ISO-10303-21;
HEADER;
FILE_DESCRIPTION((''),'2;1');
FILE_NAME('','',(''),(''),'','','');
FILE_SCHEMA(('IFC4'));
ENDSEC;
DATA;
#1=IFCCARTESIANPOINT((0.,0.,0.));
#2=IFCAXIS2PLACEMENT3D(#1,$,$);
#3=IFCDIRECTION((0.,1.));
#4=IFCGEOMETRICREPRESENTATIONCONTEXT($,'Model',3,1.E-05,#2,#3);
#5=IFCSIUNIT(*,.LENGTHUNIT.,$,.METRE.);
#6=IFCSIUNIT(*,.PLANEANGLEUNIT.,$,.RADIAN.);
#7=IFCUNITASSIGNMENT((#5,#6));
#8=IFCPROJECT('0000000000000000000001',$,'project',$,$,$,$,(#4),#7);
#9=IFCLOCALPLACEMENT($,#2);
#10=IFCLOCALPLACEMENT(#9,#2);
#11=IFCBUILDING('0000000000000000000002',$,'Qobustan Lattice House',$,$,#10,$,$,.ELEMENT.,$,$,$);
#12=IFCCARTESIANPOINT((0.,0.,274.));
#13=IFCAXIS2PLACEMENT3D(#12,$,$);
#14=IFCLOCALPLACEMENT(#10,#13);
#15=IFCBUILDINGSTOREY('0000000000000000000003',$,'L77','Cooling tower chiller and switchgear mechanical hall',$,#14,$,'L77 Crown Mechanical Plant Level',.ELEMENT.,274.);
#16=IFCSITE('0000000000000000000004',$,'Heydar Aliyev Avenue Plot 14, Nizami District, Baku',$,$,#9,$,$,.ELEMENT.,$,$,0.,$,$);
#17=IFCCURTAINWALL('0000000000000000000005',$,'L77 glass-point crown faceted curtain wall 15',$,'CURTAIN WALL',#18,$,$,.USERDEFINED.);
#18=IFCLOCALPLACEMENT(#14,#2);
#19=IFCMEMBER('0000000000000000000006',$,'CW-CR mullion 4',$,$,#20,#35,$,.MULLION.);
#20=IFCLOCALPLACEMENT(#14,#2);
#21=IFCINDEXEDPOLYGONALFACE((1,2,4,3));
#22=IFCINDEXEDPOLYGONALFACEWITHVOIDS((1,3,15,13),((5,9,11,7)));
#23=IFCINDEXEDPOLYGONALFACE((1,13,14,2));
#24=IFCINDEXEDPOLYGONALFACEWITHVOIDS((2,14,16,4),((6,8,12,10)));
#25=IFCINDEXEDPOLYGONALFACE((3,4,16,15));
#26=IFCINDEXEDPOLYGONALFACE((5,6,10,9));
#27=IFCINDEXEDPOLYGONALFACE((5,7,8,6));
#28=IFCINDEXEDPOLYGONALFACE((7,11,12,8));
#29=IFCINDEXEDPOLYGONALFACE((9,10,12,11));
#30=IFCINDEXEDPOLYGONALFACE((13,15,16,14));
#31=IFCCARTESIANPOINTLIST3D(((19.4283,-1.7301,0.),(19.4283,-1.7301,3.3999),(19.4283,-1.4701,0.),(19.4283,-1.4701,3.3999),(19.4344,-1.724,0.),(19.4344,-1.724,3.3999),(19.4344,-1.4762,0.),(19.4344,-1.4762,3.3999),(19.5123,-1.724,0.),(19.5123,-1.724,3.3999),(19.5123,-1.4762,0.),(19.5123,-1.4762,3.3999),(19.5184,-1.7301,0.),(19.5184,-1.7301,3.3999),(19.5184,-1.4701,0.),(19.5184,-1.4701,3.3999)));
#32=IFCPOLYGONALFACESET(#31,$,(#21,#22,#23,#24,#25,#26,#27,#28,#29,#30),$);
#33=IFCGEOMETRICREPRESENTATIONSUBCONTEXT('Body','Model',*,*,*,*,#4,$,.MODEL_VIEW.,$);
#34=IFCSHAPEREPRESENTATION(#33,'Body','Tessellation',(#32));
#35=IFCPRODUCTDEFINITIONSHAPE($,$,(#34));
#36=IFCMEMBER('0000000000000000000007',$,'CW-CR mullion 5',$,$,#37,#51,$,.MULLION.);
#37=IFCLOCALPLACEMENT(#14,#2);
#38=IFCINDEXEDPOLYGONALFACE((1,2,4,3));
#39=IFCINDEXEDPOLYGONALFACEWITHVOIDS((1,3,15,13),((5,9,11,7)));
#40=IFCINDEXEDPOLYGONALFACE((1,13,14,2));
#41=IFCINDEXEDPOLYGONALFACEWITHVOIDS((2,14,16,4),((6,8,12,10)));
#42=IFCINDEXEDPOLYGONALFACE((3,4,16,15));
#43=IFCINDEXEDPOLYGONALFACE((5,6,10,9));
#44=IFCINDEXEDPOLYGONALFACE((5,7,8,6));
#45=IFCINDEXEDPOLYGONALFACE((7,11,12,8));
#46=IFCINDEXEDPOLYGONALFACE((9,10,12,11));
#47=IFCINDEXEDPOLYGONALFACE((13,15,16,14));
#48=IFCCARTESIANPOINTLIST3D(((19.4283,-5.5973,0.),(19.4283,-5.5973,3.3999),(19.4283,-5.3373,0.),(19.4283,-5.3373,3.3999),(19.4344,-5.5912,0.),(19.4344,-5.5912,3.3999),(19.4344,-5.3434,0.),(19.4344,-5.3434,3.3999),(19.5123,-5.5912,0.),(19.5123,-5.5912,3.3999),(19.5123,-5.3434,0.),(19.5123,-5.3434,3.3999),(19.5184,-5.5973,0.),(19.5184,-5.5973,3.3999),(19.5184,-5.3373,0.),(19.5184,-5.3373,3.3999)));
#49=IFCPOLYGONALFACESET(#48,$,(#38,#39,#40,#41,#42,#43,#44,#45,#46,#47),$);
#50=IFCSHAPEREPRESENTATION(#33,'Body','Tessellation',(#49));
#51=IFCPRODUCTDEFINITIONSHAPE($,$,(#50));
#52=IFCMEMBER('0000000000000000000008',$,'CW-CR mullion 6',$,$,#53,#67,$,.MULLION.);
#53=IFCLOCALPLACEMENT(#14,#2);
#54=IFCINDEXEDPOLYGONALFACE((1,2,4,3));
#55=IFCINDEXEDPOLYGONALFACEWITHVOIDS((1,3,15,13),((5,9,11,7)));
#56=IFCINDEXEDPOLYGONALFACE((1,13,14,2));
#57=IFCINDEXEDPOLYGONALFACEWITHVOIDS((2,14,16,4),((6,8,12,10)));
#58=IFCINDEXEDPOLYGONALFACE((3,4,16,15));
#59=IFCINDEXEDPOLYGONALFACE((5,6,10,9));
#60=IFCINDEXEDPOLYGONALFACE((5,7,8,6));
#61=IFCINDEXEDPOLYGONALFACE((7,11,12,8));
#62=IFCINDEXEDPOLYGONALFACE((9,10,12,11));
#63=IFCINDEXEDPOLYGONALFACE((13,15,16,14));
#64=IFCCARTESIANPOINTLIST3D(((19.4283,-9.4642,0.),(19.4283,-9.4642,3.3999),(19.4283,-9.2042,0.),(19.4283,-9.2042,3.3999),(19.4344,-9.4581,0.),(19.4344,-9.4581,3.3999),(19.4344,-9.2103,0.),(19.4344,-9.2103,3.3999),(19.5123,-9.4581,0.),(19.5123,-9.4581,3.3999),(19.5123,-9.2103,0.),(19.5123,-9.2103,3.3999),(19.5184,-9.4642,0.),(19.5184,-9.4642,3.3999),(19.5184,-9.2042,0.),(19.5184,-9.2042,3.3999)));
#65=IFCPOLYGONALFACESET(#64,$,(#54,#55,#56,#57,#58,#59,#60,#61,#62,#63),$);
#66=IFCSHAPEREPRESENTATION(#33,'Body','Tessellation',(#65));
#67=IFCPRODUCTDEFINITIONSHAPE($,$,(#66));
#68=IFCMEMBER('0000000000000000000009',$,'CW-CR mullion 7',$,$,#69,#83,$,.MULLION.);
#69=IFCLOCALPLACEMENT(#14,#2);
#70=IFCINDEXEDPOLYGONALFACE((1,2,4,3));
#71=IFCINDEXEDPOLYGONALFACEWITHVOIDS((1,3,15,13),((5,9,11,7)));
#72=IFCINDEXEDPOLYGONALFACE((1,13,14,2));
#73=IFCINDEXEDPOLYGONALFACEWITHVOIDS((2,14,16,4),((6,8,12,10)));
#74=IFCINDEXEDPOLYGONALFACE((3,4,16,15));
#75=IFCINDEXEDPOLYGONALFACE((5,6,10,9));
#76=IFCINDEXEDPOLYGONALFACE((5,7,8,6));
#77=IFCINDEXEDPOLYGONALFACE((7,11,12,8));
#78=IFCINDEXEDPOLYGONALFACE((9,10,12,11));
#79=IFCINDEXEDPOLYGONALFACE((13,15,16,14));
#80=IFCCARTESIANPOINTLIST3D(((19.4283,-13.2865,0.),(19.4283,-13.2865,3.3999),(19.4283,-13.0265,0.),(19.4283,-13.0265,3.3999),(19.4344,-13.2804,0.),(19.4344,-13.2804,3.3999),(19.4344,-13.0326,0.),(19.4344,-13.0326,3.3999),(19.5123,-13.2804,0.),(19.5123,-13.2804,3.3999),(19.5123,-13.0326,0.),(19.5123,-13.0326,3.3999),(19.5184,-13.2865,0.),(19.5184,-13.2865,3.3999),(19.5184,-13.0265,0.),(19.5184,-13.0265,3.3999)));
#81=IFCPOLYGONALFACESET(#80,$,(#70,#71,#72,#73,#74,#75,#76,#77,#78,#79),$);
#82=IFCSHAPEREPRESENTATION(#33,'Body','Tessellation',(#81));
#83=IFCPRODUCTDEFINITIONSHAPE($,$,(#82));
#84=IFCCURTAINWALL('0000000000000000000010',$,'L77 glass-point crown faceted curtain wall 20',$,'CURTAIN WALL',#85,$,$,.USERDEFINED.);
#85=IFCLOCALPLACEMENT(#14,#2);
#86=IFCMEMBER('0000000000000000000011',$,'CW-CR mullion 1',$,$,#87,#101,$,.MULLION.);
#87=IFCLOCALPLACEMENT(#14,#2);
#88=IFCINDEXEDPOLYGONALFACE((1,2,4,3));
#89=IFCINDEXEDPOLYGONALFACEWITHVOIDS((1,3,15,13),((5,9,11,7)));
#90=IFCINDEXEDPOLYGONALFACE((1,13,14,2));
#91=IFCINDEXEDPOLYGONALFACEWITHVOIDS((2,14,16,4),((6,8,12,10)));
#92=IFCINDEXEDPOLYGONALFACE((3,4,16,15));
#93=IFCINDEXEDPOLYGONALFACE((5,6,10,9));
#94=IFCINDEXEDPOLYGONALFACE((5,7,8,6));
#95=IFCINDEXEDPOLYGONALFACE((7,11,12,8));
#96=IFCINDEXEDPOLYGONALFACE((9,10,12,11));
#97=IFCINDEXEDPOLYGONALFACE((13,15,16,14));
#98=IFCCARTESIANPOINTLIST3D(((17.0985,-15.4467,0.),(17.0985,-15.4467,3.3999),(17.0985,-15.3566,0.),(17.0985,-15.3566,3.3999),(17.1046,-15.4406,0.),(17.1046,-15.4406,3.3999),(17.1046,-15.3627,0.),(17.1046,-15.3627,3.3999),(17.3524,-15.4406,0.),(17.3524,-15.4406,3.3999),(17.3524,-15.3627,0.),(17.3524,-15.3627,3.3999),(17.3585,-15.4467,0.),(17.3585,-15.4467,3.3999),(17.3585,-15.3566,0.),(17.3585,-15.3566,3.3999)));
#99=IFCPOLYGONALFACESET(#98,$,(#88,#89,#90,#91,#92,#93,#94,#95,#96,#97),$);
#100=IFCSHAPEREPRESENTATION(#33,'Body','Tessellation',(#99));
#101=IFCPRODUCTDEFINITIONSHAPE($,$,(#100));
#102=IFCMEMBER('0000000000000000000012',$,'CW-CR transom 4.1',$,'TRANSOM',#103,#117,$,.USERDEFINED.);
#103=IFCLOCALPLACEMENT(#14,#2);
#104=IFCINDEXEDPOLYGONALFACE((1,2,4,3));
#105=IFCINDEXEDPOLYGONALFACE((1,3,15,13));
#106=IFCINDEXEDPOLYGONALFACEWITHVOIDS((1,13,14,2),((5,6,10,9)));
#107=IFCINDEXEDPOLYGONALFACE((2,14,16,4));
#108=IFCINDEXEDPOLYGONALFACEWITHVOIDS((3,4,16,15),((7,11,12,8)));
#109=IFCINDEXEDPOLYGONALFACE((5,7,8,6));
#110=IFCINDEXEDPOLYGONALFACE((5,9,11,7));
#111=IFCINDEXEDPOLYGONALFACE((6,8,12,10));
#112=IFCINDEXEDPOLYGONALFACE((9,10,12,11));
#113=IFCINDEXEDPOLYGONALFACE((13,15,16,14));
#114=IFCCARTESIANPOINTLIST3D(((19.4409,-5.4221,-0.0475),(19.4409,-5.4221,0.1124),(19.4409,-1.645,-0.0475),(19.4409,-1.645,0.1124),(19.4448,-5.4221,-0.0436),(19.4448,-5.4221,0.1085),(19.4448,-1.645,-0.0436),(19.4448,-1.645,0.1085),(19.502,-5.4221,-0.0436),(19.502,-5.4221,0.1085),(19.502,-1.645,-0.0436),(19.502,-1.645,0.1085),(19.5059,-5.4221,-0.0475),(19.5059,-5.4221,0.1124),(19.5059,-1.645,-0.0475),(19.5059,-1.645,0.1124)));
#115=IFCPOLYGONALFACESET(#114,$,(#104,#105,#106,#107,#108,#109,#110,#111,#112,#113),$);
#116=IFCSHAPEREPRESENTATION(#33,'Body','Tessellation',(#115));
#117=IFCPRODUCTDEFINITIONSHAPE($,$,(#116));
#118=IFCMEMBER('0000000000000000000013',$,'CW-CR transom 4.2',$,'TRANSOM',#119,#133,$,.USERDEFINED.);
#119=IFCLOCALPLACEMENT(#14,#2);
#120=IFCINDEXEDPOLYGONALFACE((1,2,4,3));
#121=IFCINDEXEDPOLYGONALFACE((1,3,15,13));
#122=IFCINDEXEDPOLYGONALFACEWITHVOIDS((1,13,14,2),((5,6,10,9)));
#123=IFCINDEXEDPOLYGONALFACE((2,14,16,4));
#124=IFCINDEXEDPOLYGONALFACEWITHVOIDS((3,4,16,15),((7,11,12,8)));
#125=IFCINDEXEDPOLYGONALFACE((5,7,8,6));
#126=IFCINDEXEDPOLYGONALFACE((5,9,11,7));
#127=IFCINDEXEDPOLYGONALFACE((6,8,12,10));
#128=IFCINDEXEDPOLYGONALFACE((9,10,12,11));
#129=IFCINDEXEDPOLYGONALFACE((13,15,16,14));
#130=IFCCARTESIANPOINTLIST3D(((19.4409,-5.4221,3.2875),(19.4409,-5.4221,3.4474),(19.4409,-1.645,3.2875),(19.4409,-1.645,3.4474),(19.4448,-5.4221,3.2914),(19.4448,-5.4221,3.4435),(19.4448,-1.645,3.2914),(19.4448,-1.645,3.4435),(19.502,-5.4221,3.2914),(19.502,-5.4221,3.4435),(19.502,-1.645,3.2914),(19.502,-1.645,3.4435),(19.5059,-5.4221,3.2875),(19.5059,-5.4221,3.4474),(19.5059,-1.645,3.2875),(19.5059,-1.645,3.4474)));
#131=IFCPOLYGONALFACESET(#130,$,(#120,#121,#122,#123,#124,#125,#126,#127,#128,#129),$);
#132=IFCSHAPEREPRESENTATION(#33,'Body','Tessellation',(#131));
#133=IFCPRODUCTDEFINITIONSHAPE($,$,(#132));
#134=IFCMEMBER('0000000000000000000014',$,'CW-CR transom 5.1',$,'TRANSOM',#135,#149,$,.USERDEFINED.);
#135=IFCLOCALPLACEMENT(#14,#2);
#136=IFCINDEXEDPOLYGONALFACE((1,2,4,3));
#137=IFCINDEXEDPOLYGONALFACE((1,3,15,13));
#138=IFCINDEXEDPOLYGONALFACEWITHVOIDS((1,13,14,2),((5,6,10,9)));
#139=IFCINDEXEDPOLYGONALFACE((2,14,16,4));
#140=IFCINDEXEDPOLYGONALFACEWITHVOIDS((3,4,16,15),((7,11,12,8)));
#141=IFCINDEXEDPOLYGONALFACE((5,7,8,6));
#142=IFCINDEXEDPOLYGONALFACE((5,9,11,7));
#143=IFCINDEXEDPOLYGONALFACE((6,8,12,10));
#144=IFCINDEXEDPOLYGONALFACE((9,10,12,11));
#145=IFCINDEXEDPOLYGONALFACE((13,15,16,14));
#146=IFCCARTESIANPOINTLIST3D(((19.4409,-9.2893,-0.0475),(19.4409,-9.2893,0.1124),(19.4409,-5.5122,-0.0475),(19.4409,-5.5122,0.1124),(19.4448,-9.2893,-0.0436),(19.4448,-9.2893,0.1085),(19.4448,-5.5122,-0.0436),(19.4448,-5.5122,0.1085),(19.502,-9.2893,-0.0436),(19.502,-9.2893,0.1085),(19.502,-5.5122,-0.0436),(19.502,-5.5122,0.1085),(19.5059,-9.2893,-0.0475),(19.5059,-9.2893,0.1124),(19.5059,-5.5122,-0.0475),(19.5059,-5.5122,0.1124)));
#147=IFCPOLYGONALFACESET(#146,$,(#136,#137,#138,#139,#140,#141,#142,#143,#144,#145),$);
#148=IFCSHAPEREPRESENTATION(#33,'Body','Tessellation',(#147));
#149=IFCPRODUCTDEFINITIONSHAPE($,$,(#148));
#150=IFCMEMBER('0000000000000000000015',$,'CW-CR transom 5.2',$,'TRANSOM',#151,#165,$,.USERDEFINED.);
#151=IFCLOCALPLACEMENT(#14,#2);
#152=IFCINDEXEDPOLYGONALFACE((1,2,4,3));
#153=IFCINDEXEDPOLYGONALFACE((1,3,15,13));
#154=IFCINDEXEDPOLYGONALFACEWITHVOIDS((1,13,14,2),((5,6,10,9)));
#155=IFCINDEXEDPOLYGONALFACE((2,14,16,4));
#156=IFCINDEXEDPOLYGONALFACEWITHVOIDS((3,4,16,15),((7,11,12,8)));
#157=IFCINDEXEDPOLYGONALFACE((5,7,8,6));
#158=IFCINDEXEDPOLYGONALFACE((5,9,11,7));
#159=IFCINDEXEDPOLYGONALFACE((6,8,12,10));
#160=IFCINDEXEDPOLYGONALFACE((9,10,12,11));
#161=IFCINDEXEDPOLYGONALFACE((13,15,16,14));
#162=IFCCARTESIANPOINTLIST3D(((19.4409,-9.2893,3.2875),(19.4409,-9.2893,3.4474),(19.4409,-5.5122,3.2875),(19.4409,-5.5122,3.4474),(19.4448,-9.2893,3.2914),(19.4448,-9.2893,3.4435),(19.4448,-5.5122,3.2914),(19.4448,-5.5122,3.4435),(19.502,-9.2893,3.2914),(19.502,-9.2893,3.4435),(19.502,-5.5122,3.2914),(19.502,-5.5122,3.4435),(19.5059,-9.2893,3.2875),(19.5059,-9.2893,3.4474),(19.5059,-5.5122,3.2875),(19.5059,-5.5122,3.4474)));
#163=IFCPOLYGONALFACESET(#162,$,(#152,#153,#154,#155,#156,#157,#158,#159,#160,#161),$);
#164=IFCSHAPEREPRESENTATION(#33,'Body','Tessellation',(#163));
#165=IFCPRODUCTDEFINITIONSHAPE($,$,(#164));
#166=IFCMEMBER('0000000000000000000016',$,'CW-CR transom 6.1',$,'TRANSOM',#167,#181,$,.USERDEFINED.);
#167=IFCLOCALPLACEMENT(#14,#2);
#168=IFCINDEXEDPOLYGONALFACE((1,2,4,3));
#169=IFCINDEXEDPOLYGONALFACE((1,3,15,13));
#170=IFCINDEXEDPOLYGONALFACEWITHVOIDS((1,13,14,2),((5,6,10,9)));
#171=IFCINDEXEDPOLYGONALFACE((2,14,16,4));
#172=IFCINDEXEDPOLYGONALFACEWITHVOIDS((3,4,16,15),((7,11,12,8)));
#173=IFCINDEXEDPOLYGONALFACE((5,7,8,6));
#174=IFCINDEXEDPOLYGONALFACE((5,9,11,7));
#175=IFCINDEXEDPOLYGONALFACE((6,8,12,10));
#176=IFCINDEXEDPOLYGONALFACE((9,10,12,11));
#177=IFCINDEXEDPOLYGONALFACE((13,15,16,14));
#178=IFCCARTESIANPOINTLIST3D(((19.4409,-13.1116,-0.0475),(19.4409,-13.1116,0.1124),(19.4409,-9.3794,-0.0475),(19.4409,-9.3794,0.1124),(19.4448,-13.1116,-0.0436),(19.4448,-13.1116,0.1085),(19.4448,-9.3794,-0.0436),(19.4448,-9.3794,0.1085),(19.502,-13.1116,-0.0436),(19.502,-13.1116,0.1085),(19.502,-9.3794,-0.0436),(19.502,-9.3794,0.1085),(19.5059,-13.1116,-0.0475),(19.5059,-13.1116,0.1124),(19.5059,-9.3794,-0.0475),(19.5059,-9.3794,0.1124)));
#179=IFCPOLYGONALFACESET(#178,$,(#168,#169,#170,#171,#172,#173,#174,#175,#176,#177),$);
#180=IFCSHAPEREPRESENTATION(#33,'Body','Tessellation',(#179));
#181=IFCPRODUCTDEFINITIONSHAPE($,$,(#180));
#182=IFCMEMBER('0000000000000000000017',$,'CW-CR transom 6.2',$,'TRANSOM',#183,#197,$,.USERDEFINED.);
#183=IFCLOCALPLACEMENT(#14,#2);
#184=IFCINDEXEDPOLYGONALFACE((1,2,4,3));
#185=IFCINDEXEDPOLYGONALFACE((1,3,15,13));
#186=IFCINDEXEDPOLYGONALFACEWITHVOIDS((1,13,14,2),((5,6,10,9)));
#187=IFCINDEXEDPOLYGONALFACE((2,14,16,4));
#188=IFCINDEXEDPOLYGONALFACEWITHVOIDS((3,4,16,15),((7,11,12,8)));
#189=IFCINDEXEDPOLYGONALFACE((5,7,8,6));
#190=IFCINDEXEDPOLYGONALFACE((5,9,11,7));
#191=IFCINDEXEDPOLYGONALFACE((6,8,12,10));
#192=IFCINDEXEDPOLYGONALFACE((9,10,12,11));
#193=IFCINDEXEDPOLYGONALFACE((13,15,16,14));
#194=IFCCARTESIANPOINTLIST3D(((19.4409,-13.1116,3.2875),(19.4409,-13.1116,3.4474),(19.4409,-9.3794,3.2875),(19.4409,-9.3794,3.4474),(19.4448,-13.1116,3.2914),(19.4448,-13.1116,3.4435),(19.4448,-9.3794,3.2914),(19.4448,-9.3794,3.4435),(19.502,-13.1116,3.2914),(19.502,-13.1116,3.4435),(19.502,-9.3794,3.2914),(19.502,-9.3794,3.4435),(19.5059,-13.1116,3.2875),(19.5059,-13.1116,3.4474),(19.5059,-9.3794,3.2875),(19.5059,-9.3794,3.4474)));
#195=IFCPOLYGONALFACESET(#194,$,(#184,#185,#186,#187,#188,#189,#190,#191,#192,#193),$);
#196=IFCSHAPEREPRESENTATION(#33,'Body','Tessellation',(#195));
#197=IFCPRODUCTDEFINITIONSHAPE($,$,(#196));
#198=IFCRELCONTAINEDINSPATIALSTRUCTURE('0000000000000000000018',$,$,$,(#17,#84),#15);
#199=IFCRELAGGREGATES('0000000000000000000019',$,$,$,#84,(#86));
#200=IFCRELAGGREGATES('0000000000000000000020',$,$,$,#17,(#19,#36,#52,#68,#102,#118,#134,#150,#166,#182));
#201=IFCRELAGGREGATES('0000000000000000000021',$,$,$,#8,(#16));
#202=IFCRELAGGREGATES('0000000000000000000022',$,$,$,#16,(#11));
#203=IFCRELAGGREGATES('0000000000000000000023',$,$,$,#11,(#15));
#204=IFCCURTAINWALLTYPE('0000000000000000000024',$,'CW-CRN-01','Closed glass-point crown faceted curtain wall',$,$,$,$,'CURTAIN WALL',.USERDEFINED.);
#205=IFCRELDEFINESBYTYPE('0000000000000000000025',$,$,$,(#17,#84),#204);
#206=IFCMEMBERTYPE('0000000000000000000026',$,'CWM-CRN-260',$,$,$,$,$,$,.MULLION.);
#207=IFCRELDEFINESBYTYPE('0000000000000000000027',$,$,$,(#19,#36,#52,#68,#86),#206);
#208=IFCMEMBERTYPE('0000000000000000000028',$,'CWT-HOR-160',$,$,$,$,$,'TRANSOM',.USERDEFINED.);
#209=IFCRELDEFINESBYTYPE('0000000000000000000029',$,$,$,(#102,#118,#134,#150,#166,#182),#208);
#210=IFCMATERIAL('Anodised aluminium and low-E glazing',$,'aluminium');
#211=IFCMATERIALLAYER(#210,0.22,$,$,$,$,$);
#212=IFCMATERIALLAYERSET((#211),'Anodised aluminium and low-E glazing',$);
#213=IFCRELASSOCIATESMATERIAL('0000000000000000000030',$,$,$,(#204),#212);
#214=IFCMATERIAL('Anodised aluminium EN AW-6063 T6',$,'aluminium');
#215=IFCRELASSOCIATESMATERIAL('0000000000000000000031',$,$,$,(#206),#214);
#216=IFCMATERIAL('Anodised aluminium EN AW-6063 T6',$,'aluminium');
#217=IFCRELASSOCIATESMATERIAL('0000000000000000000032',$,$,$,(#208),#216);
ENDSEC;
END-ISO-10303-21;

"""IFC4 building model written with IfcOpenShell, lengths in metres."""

from ifc_helpers import new_model, si_unit, direction, frame, origin, origin_2d, place, context, subcontext, project, spatial, hollow_rectangle, extrude, material, layer, layer_set, material_profile, profile_set, type_object, element, aggregate, save


model = new_model("IFC4")

# Units and contexts
model_context = context("Model", 3, precision=1e-05, world=origin(), true_north=direction((0.0, 1.0)))
body_context = subcontext(model_context, "Body", "Model", "MODEL_VIEW")
ifc_project = project(units=[si_unit("LENGTHUNIT", "METRE"), si_unit("PLANEANGLEUNIT", "RADIAN")], contexts=[model_context])

# Site, building, storey
site_placement = place(None, origin())
site = spatial("IfcSite", under=ifc_project, at=site_placement, Name="Heydar Aliyev Avenue Plot 14, Nizami District, Baku", CompositionType="ELEMENT", RefElevation=0.0)
building_placement = place(site_placement, origin())
building = spatial("IfcBuilding", under=site, at=building_placement, Name="Qobustan Lattice House", CompositionType="ELEMENT")
storey_placement = place(building_placement, frame((0.0, 0.0, 274.0)))
storey = spatial("IfcBuildingStorey", under=building, at=storey_placement, Name="L77", Description="Cooling tower chiller and switchgear mechanical hall", LongName="L77 Crown Mechanical Plant Level", CompositionType="ELEMENT", Elevation=274.0)

# Curtain wall, members
ifc_material_1 = material(Name="Anodised aluminium and low-E glazing", Category="aluminium")
ifc_layer_1 = layer(ifc_material_1, 0.22)
ifc_layer_set_1 = layer_set([ifc_layer_1], Name="Anodised aluminium and low-E glazing")
curtain_wall_type = type_object("IfcCurtainWallType", Name="CW-CRN-01", Description="Closed glass-point crown faceted curtain wall", ElementType="CURTAIN WALL", PredefinedType="USERDEFINED", material=ifc_layer_set_1)
curtain_wall_1_placement = place(storey_placement, origin())
curtain_wall_1 = element("IfcCurtainWall", 1, at=curtain_wall_1_placement, inside=storey, type_object=curtain_wall_type, Name="L77 glass-point crown faceted curtain wall 15", ObjectType="CURTAIN WALL", PredefinedType="USERDEFINED")
ifc_material_2 = material(Name="Anodised aluminium EN AW-6063 T6", Category="aluminium")
ifc_material_profile_1 = material_profile(ifc_material_2, hollow_rectangle(XDim=0.0901, YDim=0.26, WallThickness=0.0061, at=origin_2d()), Name="CWM-CROWN-260x90")
ifc_profile_set_1 = profile_set([ifc_material_profile_1], Name="Anodised aluminium EN AW-6063 T6")
member_type_1 = type_object("IfcMemberType", Name="CWM-CRN-260", PredefinedType="MULLION", material=ifc_profile_set_1)
member_1_placement = place(storey_placement, frame((19.4734, -1.6001, 0.0), z_axis=(0.0, 0.0, 1.0), x_axis=(1.0, 0.0, 0.0)))
member_1 = element("IfcMember", 2, at=member_1_placement, type_object=member_type_1, Name="CW-CR mullion 4", PredefinedType="MULLION", context=body_context, shape_type="SweptSolid", body=[
    extrude(hollow_rectangle(XDim=0.0901, YDim=0.26, WallThickness=0.0061, at=origin_2d()), origin(), (0.0, 0.0, 1.0), 3.3999),
])
member_2_placement = place(storey_placement, frame((19.4734, -5.4673, 0.0), z_axis=(0.0, 0.0, 1.0), x_axis=(1.0, 0.0, 0.0)))
member_2 = element("IfcMember", 3, at=member_2_placement, type_object=member_type_1, Name="CW-CR mullion 5", PredefinedType="MULLION", context=body_context, shape_type="SweptSolid", body=[
    extrude(hollow_rectangle(XDim=0.0901, YDim=0.26, WallThickness=0.0061, at=origin_2d()), origin(), (0.0, 0.0, 1.0), 3.3999),
])
member_3_placement = place(storey_placement, frame((19.4734, -9.3342, 0.0), z_axis=(0.0, 0.0, 1.0), x_axis=(1.0, 0.0, 0.0)))
member_3 = element("IfcMember", 4, at=member_3_placement, type_object=member_type_1, Name="CW-CR mullion 6", PredefinedType="MULLION", context=body_context, shape_type="SweptSolid", body=[
    extrude(hollow_rectangle(XDim=0.0901, YDim=0.26, WallThickness=0.0061, at=origin_2d()), origin(), (0.0, 0.0, 1.0), 3.3999),
])
member_4_placement = place(storey_placement, frame((19.4734, -13.1565, 0.0), z_axis=(0.0, 0.0, 1.0), x_axis=(1.0, 0.0, 0.0)))
member_4 = element("IfcMember", 5, at=member_4_placement, type_object=member_type_1, Name="CW-CR mullion 7", PredefinedType="MULLION", context=body_context, shape_type="SweptSolid", body=[
    extrude(hollow_rectangle(XDim=0.0901, YDim=0.26, WallThickness=0.0061, at=origin_2d()), origin(), (0.0, 0.0, 1.0), 3.3999),
])

# Curtain wall, member
curtain_wall_2_placement = place(storey_placement, origin())
curtain_wall_2 = element("IfcCurtainWall", 6, at=curtain_wall_2_placement, inside=storey, type_object=curtain_wall_type, Name="L77 glass-point crown faceted curtain wall 20", ObjectType="CURTAIN WALL", PredefinedType="USERDEFINED")
member_5_placement = place(storey_placement, frame((17.2285, -15.4016, 0.0), z_axis=(0.0, 0.0, 1.0), x_axis=(0.0, -1.0, 0.0)))
member_5 = element("IfcMember", 7, at=member_5_placement, type_object=member_type_1, Name="CW-CR mullion 1", PredefinedType="MULLION", context=body_context, shape_type="SweptSolid", body=[
    extrude(hollow_rectangle(XDim=0.0901, YDim=0.26, WallThickness=0.0061, at=origin_2d()), origin(), (0.0, 0.0, 1.0), 3.3999),
])

# Members
ifc_material_3 = material(Name="Anodised aluminium EN AW-6063 T6", Category="aluminium")
ifc_material_profile_2 = material_profile(ifc_material_3, hollow_rectangle(XDim=0.0649, YDim=0.1599, WallThickness=0.0039, at=origin_2d()), Name="CWT-160x65")
ifc_profile_set_2 = profile_set([ifc_material_profile_2], Name="Anodised aluminium EN AW-6063 T6")
member_type_2 = type_object("IfcMemberType", Name="CWT-HOR-160", ElementType="TRANSOM", PredefinedType="USERDEFINED", material=ifc_profile_set_2)
member_6_placement = place(storey_placement, frame((19.4734, -1.645, 0.0325), z_axis=(0.0, -1.0, 0.0), x_axis=(1.0, 0.0, 0.0)))
member_6 = element("IfcMember", 8, at=member_6_placement, type_object=member_type_2, Name="CW-CR transom 4.1", ObjectType="TRANSOM", PredefinedType="USERDEFINED", context=body_context, shape_type="SweptSolid", body=[
    extrude(hollow_rectangle(XDim=0.0649, YDim=0.1599, WallThickness=0.0039, at=origin_2d()), origin(), (0.0, 0.0, 1.0), 3.7771),
])
member_7_placement = place(storey_placement, frame((19.4734, -1.645, 3.3674), z_axis=(0.0, -1.0, 0.0), x_axis=(1.0, 0.0, 0.0)))
member_7 = element("IfcMember", 9, at=member_7_placement, type_object=member_type_2, Name="CW-CR transom 4.2", ObjectType="TRANSOM", PredefinedType="USERDEFINED", context=body_context, shape_type="SweptSolid", body=[
    extrude(hollow_rectangle(XDim=0.0649, YDim=0.1599, WallThickness=0.0039, at=origin_2d()), origin(), (0.0, 0.0, 1.0), 3.7771),
])
member_8_placement = place(storey_placement, frame((19.4734, -5.5122, 0.0325), z_axis=(0.0, -1.0, 0.0), x_axis=(1.0, 0.0, 0.0)))
member_8 = element("IfcMember", 10, at=member_8_placement, type_object=member_type_2, Name="CW-CR transom 5.1", ObjectType="TRANSOM", PredefinedType="USERDEFINED", context=body_context, shape_type="SweptSolid", body=[
    extrude(hollow_rectangle(XDim=0.0649, YDim=0.1599, WallThickness=0.0039, at=origin_2d()), origin(), (0.0, 0.0, 1.0), 3.7771),
])
member_9_placement = place(storey_placement, frame((19.4734, -5.5122, 3.3674), z_axis=(0.0, -1.0, 0.0), x_axis=(1.0, 0.0, 0.0)))
member_9 = element("IfcMember", 11, at=member_9_placement, type_object=member_type_2, Name="CW-CR transom 5.2", ObjectType="TRANSOM", PredefinedType="USERDEFINED", context=body_context, shape_type="SweptSolid", body=[
    extrude(hollow_rectangle(XDim=0.0649, YDim=0.1599, WallThickness=0.0039, at=origin_2d()), origin(), (0.0, 0.0, 1.0), 3.7771),
])
member_10_placement = place(storey_placement, frame((19.4734, -9.3794, 0.0325), z_axis=(0.0, -1.0, 0.0), x_axis=(1.0, 0.0, 0.0)))
member_10 = element("IfcMember", 12, at=member_10_placement, type_object=member_type_2, Name="CW-CR transom 6.1", ObjectType="TRANSOM", PredefinedType="USERDEFINED", context=body_context, shape_type="SweptSolid", body=[
    extrude(hollow_rectangle(XDim=0.0649, YDim=0.1599, WallThickness=0.0039, at=origin_2d()), origin(), (0.0, 0.0, 1.0), 3.7322),
])
member_11_placement = place(storey_placement, frame((19.4734, -9.3794, 3.3674), z_axis=(0.0, -1.0, 0.0), x_axis=(1.0, 0.0, 0.0)))
member_11 = element("IfcMember", 13, at=member_11_placement, type_object=member_type_2, Name="CW-CR transom 6.2", ObjectType="TRANSOM", PredefinedType="USERDEFINED", context=body_context, shape_type="SweptSolid", body=[
    extrude(hollow_rectangle(XDim=0.0649, YDim=0.1599, WallThickness=0.0039, at=origin_2d()), origin(), (0.0, 0.0, 1.0), 3.7322),
])
aggregate(curtain_wall_2, [member_5])

aggregate(curtain_wall_1, [member_1, member_2, member_3, member_4, member_6, member_7, member_8, member_9, member_10, member_11])

save(model, "model.ifc")
